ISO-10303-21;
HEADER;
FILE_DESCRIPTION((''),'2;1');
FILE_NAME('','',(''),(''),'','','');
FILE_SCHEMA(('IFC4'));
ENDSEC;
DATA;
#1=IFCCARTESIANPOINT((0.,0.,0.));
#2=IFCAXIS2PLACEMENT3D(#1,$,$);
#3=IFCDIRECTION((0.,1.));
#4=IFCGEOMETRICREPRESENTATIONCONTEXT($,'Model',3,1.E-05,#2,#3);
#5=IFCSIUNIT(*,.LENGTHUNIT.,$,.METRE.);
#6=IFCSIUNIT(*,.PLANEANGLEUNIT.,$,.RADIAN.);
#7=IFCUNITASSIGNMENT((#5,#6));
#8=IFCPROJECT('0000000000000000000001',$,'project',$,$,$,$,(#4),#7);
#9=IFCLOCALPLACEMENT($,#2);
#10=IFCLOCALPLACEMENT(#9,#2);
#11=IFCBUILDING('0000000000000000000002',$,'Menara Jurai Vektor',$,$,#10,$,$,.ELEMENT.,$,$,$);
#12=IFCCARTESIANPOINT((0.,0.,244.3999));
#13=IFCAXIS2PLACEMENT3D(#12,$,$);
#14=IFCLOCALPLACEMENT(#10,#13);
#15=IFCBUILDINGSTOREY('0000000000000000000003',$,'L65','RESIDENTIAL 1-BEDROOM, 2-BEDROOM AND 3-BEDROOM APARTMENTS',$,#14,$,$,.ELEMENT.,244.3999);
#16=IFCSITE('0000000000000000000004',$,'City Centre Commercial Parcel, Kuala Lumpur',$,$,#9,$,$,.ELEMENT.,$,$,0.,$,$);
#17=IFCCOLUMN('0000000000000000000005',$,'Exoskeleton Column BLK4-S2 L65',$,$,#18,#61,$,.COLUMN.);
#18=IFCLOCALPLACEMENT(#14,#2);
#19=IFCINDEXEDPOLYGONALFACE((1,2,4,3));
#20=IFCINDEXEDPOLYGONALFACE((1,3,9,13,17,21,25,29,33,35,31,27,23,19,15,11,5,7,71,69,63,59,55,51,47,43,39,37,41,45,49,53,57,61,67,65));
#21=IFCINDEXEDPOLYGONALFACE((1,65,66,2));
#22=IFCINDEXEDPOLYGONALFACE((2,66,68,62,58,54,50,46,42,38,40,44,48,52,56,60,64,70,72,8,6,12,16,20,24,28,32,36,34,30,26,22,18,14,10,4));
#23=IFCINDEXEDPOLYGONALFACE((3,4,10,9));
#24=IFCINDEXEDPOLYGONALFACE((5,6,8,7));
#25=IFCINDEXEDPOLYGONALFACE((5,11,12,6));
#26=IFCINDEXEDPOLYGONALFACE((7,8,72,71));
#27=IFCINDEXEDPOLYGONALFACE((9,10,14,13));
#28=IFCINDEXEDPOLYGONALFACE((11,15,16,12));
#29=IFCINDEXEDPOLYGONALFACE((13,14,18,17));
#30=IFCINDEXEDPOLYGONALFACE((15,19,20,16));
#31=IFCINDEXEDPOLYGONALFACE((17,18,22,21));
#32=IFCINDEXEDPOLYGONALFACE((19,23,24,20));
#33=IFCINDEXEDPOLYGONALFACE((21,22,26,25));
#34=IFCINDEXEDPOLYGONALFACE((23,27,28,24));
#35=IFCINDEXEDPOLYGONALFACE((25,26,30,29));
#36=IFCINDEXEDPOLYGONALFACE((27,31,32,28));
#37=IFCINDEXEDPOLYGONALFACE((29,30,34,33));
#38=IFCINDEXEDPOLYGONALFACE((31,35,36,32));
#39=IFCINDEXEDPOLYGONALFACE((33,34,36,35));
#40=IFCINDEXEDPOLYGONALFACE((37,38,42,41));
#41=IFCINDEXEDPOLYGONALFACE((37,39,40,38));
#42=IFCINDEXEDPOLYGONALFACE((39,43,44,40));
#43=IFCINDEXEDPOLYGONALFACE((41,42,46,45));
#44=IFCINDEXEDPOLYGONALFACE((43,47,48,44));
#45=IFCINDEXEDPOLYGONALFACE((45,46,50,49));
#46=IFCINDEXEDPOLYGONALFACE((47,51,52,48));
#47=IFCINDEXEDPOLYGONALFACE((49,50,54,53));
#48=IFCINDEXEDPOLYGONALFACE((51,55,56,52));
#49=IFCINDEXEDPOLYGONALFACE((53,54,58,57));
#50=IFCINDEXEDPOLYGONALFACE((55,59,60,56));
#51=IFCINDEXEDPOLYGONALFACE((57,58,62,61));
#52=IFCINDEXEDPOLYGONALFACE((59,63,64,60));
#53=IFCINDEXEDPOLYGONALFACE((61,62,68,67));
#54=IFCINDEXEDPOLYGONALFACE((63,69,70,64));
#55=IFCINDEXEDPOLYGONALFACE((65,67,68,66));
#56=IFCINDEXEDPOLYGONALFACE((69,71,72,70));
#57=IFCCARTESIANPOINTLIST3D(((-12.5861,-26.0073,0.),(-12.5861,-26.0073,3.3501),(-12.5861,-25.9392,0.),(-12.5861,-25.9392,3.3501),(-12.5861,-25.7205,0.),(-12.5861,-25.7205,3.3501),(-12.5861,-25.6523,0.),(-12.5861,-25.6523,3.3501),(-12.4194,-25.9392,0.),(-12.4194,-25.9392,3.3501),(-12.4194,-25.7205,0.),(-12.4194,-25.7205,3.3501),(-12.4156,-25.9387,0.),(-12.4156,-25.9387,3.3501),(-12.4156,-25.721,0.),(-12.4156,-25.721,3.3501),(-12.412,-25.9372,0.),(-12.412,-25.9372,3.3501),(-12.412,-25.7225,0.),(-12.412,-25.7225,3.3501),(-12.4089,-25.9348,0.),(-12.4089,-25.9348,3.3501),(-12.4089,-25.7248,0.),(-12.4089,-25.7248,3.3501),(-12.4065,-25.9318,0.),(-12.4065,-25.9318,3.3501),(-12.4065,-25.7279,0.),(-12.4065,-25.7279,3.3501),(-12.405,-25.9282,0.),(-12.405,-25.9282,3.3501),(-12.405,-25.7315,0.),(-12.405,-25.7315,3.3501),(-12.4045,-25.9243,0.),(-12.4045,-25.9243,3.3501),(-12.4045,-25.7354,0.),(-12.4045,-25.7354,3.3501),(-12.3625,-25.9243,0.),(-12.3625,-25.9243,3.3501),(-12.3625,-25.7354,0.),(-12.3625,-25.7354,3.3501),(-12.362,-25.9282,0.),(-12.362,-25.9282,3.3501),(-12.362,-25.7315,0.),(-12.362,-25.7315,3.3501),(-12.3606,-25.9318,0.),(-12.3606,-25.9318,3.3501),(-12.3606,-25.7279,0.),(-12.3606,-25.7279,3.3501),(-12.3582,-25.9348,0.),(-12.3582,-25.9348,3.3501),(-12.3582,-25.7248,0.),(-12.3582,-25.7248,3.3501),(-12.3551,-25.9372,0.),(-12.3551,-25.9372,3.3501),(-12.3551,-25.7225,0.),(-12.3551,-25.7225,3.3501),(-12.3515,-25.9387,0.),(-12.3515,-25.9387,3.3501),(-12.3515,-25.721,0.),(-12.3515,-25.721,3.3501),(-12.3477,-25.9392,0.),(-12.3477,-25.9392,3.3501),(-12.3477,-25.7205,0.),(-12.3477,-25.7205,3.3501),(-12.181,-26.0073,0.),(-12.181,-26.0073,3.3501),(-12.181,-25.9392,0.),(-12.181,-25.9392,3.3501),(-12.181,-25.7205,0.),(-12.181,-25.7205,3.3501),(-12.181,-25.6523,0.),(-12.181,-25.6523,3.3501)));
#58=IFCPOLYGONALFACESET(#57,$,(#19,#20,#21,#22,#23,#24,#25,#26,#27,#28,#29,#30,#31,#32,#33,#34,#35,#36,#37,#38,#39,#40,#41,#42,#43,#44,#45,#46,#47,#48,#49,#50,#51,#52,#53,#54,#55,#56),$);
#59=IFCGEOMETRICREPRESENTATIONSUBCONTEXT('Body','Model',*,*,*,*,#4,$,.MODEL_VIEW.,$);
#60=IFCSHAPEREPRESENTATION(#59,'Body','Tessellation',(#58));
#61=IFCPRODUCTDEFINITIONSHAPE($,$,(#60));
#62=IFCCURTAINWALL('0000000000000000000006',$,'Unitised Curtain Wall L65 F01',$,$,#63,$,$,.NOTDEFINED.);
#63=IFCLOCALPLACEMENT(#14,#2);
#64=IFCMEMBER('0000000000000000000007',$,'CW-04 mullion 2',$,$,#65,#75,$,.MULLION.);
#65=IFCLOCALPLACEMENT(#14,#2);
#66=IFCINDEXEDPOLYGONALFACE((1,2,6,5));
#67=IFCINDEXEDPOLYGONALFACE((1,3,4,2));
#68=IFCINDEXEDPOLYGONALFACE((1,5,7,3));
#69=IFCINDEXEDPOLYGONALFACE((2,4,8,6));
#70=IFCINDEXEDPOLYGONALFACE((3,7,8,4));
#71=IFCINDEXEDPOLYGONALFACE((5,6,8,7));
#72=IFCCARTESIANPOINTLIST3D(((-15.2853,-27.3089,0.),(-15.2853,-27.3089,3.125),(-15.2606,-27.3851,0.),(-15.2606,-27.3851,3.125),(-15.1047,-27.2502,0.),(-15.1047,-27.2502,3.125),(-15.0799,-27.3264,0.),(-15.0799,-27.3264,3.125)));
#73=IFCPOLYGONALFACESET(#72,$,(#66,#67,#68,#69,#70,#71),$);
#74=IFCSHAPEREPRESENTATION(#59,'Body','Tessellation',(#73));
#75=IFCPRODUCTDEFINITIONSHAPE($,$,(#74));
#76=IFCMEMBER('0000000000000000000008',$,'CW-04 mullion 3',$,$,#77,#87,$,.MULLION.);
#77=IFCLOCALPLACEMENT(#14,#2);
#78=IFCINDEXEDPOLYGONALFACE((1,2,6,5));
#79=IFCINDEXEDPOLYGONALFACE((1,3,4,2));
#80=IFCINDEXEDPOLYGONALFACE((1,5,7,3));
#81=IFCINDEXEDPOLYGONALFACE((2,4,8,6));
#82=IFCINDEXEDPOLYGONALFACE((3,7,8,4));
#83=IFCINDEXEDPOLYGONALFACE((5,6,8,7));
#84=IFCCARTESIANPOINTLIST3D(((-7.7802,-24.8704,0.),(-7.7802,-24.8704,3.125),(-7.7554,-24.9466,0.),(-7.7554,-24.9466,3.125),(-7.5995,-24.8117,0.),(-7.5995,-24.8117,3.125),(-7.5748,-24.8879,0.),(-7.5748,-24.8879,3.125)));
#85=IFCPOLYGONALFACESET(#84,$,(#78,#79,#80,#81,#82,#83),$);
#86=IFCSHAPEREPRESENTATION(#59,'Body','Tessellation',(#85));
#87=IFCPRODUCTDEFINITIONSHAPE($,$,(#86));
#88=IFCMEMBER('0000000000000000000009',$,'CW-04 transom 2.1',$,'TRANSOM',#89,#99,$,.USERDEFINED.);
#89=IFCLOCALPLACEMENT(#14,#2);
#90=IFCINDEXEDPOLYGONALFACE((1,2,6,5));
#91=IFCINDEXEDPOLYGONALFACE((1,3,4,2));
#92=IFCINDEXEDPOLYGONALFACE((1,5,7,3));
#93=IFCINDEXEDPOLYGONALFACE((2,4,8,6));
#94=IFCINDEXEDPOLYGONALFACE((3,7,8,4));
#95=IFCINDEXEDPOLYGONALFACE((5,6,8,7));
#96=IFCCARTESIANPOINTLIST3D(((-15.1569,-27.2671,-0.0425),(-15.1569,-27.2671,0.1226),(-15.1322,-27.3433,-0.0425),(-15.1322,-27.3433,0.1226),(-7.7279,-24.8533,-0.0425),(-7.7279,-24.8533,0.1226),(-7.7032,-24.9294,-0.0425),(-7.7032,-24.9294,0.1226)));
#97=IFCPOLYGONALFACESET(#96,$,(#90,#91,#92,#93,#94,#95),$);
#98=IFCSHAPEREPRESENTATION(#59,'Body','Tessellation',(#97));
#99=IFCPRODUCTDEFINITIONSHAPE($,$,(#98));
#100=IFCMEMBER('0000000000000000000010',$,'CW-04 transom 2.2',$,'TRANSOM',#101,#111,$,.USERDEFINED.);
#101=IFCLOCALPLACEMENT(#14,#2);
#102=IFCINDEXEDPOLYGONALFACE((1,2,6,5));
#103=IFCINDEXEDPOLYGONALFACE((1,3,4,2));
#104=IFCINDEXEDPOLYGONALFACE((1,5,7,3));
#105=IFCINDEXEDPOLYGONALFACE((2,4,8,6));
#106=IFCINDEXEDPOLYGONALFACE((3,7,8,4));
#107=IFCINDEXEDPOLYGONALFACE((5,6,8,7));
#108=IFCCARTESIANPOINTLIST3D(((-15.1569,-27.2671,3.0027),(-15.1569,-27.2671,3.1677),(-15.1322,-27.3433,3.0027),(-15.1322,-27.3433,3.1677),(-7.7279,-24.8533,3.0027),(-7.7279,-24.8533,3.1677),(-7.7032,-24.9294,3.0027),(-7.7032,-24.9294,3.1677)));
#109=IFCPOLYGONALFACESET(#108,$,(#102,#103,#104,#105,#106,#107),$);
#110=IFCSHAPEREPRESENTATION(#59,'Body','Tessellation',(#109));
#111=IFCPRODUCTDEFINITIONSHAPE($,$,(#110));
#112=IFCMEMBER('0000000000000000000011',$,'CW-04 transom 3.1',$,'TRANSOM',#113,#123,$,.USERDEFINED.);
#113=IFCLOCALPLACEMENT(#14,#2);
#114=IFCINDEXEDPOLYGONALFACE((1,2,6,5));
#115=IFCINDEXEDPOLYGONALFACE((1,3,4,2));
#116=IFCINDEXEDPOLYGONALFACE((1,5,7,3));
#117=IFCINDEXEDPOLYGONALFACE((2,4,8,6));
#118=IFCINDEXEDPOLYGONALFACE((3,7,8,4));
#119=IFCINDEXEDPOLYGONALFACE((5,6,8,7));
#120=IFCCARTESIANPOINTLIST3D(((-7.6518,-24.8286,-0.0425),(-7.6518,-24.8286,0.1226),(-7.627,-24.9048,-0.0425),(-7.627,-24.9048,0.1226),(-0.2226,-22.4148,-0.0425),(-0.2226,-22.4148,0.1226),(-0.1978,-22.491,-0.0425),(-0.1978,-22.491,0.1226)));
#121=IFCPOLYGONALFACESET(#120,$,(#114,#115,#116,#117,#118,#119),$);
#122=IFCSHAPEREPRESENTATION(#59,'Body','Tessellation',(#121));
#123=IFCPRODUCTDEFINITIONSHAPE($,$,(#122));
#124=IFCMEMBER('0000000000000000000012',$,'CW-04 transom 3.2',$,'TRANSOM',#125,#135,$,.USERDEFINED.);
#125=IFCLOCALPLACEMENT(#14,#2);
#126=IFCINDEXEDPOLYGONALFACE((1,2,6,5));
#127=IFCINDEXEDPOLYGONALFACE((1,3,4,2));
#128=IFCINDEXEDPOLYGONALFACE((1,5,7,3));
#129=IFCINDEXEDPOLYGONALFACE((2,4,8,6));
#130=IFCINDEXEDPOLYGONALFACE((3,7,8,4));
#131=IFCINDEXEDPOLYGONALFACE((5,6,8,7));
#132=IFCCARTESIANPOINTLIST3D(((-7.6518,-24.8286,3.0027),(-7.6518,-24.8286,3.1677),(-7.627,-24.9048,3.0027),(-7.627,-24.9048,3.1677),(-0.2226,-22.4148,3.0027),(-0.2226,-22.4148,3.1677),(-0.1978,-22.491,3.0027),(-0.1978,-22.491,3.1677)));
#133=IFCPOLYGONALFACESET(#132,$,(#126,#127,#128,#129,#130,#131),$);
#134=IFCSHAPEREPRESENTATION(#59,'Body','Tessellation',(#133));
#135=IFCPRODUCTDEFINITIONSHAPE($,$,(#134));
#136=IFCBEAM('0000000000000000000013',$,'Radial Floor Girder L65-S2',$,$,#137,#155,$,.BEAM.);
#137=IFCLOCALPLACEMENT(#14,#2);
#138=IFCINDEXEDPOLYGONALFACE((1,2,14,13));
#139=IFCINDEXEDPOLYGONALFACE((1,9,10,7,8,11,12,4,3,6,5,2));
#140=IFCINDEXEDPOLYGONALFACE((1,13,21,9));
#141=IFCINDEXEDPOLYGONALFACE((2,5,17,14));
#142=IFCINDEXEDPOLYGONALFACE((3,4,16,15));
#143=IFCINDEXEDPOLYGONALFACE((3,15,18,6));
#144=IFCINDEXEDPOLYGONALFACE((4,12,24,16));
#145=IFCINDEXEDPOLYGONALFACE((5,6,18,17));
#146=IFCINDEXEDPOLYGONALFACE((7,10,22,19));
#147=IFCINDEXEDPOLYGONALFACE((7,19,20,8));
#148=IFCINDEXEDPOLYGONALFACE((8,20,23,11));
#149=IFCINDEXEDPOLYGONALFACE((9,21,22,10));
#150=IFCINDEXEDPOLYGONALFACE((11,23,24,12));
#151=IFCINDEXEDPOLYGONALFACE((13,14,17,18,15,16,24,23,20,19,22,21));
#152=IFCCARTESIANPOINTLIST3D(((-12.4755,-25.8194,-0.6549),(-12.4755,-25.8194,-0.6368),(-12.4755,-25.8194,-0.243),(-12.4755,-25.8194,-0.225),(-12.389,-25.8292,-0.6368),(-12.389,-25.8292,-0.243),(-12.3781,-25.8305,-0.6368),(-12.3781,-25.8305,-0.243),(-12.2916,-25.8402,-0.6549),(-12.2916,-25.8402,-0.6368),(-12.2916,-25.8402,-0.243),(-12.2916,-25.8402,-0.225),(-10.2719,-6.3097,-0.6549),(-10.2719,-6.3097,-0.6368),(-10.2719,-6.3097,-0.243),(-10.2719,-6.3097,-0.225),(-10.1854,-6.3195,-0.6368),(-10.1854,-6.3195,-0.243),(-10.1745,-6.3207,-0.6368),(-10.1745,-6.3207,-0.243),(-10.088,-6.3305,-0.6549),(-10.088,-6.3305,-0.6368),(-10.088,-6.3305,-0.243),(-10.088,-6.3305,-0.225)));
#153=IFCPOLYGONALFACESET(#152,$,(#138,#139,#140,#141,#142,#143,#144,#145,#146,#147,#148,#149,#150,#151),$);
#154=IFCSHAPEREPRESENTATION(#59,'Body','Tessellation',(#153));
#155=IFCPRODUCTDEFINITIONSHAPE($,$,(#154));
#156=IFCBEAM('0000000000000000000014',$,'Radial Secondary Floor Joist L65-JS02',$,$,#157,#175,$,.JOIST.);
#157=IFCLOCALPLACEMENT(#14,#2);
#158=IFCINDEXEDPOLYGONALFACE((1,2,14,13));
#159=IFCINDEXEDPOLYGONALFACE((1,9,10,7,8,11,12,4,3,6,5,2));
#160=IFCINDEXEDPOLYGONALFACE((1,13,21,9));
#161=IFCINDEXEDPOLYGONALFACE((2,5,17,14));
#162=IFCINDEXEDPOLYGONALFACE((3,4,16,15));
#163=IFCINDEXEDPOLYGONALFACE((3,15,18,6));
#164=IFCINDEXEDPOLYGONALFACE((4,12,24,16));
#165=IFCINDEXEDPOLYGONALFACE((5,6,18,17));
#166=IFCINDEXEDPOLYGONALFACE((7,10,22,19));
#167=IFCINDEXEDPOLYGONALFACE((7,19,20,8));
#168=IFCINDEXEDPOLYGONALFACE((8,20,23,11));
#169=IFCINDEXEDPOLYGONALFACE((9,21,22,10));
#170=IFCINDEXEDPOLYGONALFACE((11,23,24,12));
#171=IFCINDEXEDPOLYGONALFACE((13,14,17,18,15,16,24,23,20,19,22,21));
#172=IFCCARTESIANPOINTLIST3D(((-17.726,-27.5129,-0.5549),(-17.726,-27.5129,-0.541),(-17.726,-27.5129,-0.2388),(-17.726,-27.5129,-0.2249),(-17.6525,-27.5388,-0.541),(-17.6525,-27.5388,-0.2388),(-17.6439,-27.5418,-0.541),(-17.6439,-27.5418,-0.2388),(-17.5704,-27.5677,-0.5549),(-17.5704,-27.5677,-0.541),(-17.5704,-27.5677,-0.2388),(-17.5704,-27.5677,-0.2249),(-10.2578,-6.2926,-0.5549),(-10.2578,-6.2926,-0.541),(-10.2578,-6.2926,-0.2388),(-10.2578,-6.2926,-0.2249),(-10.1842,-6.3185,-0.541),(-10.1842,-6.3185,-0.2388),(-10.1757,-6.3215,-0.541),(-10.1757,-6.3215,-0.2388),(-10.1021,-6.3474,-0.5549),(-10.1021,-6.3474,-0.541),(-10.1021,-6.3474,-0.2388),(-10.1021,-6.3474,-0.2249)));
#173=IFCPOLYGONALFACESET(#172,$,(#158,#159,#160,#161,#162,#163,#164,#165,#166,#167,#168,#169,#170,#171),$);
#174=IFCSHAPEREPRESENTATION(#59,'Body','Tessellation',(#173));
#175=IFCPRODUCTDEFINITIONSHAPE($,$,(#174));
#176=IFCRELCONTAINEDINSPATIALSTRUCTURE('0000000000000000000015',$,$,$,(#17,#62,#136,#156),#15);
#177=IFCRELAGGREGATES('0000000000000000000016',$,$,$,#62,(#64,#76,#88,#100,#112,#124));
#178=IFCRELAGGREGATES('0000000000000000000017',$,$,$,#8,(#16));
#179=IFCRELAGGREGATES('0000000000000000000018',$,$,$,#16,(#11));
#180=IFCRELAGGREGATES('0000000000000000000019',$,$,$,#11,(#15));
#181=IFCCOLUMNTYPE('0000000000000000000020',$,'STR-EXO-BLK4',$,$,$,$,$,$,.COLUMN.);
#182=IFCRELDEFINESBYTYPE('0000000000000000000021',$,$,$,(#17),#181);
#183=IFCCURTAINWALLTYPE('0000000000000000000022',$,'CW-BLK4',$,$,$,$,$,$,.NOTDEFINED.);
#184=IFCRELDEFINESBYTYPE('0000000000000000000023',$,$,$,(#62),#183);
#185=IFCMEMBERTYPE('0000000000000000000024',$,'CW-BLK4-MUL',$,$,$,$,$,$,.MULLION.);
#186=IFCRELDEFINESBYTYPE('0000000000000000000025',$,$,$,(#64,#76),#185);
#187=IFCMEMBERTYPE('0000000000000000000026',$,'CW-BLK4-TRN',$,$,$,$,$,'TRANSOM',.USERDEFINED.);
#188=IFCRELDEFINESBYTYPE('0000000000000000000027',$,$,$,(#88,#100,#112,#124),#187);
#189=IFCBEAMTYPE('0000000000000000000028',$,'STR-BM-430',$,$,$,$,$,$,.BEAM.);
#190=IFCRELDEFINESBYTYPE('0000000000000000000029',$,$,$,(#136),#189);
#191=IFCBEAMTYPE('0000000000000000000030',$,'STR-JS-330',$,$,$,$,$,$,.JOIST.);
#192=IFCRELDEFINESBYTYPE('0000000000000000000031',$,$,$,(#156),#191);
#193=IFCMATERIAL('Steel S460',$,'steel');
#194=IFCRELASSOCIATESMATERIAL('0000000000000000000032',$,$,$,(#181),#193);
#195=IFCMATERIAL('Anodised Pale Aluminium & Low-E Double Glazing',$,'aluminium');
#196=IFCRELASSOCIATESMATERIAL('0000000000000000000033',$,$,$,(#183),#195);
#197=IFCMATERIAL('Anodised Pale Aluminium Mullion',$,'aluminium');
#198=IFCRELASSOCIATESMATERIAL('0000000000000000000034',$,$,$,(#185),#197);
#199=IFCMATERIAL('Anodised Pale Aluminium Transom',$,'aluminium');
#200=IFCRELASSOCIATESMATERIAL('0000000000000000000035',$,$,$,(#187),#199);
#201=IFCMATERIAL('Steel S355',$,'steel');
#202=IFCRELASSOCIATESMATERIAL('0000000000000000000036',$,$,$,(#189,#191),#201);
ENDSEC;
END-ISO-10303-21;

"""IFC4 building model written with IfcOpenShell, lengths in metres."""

from ifc_helpers import new_model, si_unit, direction, frame, origin, origin_2d, place, context, subcontext, project, spatial, rectangle, i_section, extrude, material, material_profile, profile_set, type_object, element, aggregate, save


model = new_model("IFC4")

# Units and contexts
model_context = context("Model", 3, precision=1e-05, world=origin(), true_north=direction((0.0, 1.0)))
body_context = subcontext(model_context, "Body", "Model", "MODEL_VIEW")
ifc_project = project(units=[si_unit("LENGTHUNIT", "METRE"), si_unit("PLANEANGLEUNIT", "RADIAN")], contexts=[model_context])

# Site, building, storey
site_placement = place(None, origin())
site = spatial("IfcSite", under=ifc_project, at=site_placement, Name="City Centre Commercial Parcel, Kuala Lumpur", CompositionType="ELEMENT", RefElevation=0.0)
building_placement = place(site_placement, origin())
building = spatial("IfcBuilding", under=site, at=building_placement, Name="Menara Jurai Vektor", CompositionType="ELEMENT")
storey_placement = place(building_placement, frame((0.0, 0.0, 244.3999)))
storey = spatial("IfcBuildingStorey", under=building, at=storey_placement, Name="L65", Description="RESIDENTIAL 1-BEDROOM, 2-BEDROOM AND 3-BEDROOM APARTMENTS", CompositionType="ELEMENT", Elevation=244.3999)

# Column
ifc_material_1 = material(Name="Steel S460", Category="steel")
ifc_material_profile_1 = material_profile(ifc_material_1, i_section(OverallWidth=0.405, OverallDepth=0.355, WebThickness=0.042, FlangeThickness=0.0681, FilletRadius=0.0149, at=origin_2d()), Name="HD 400x551")
ifc_profile_set_1 = profile_set([ifc_material_profile_1], Name="Steel S460")
column_type = type_object("IfcColumnType", Name="STR-EXO-BLK4", PredefinedType="COLUMN", material=ifc_profile_set_1)
column_placement = place(storey_placement, frame((-12.3835, -25.8298, 0.0), z_axis=(0.0, 0.0, 1.0), x_axis=(1.0, 0.0, 0.0)))
element("IfcColumn", 1, at=column_placement, inside=storey, type_object=column_type, Name="Exoskeleton Column BLK4-S2 L65", PredefinedType="COLUMN", context=body_context, shape_type="SweptSolid", body=[
    extrude(i_section(OverallWidth=0.405, OverallDepth=0.355, WebThickness=0.042, FlangeThickness=0.0681, FilletRadius=0.0149, at=origin_2d()), origin(), (0.0, 0.0, 1.0), 3.3501),
])

# Curtain wall, members
ifc_material_2 = material(Name="Anodised Pale Aluminium & Low-E Double Glazing", Category="aluminium")
curtain_wall_type = type_object("IfcCurtainWallType", Name="CW-BLK4", PredefinedType="NOTDEFINED", material=ifc_material_2)
curtain_wall_placement = place(storey_placement, origin())
curtain_wall = element("IfcCurtainWall", 2, at=curtain_wall_placement, inside=storey, type_object=curtain_wall_type, Name="Unitised Curtain Wall L65 F01", PredefinedType="NOTDEFINED")
ifc_material_3 = material(Name="Anodised Pale Aluminium Mullion", Category="aluminium")
ifc_material_profile_2 = material_profile(ifc_material_3, rectangle(XDim=0.0801, YDim=0.1899, at=origin_2d()), Name="ALU MUL 80x190")
ifc_profile_set_2 = profile_set([ifc_material_profile_2], Name="Anodised Pale Aluminium Mullion")
member_type_1 = type_object("IfcMemberType", Name="CW-BLK4-MUL", PredefinedType="MULLION", material=ifc_profile_set_2)
member_1_placement = place(storey_placement, frame((-15.1826, -27.3176, 0.0), z_axis=(0.0, 0.0, 1.0), x_axis=(-0.309017, 0.951056, 0.0)))
member_1 = element("IfcMember", 3, at=member_1_placement, type_object=member_type_1, Name="CW-04 mullion 2", PredefinedType="MULLION", context=body_context, shape_type="SweptSolid", body=[
    extrude(rectangle(XDim=0.0801, YDim=0.1899, at=origin_2d()), origin(), (0.0, 0.0, 1.0), 3.125),
])
member_2_placement = place(storey_placement, frame((-7.6775, -24.8792, 0.0), z_axis=(0.0, 0.0, 1.0), x_axis=(-0.309017, 0.951056, 0.0)))
member_2 = element("IfcMember", 4, at=member_2_placement, type_object=member_type_1, Name="CW-04 mullion 3", PredefinedType="MULLION", context=body_context, shape_type="SweptSolid", body=[
    extrude(rectangle(XDim=0.0801, YDim=0.1899, at=origin_2d()), origin(), (0.0, 0.0, 1.0), 3.125),
])
ifc_material_4 = material(Name="Anodised Pale Aluminium Transom", Category="aluminium")
ifc_material_profile_3 = material_profile(ifc_material_4, rectangle(XDim=0.0801, YDim=0.165, at=origin_2d()), Name="ALU TRN 80x165")
ifc_profile_set_3 = profile_set([ifc_material_profile_3], Name="Anodised Pale Aluminium Transom")
member_type_2 = type_object("IfcMemberType", Name="CW-BLK4-TRN", ElementType="TRANSOM", PredefinedType="USERDEFINED", material=ifc_profile_set_3)
member_3_placement = place(storey_placement, frame((-15.1445, -27.3052, 0.04), z_axis=(0.951056, 0.309018, 0.0), x_axis=(-0.309018, 0.951056, 0.0)))
member_3 = element("IfcMember", 5, at=member_3_placement, type_object=member_type_2, Name="CW-04 transom 2.1", ObjectType="TRANSOM", PredefinedType="USERDEFINED", context=body_context, shape_type="SweptSolid", body=[
    extrude(rectangle(XDim=0.0801, YDim=0.165, at=origin_2d()), origin(), (0.0, 0.0, 1.0), 7.8113),
])
member_4_placement = place(storey_placement, frame((-15.1445, -27.3052, 3.0852), z_axis=(0.951056, 0.309018, 0.0), x_axis=(-0.309018, 0.951056, 0.0)))
member_4 = element("IfcMember", 6, at=member_4_placement, type_object=member_type_2, Name="CW-04 transom 2.2", ObjectType="TRANSOM", PredefinedType="USERDEFINED", context=body_context, shape_type="SweptSolid", body=[
    extrude(rectangle(XDim=0.0801, YDim=0.165, at=origin_2d()), origin(), (0.0, 0.0, 1.0), 7.8113),
])
member_5_placement = place(storey_placement, frame((-7.6394, -24.8667, 0.04), z_axis=(0.951059, 0.309008, 0.0), x_axis=(-0.309008, 0.951059, 0.0)))
member_5 = element("IfcMember", 7, at=member_5_placement, type_object=member_type_2, Name="CW-04 transom 3.1", ObjectType="TRANSOM", PredefinedType="USERDEFINED", context=body_context, shape_type="SweptSolid", body=[
    extrude(rectangle(XDim=0.0801, YDim=0.165, at=origin_2d()), origin(), (0.0, 0.0, 1.0), 7.8115),
])
member_6_placement = place(storey_placement, frame((-7.6394, -24.8667, 3.0852), z_axis=(0.951059, 0.309008, 0.0), x_axis=(-0.309008, 0.951059, 0.0)))
member_6 = element("IfcMember", 8, at=member_6_placement, type_object=member_type_2, Name="CW-04 transom 3.2", ObjectType="TRANSOM", PredefinedType="USERDEFINED", context=body_context, shape_type="SweptSolid", body=[
    extrude(rectangle(XDim=0.0801, YDim=0.165, at=origin_2d()), origin(), (0.0, 0.0, 1.0), 7.8115),
])

# Beams
ifc_material_5 = material(Name="Steel S355", Category="steel")
ifc_material_profile_4 = material_profile(ifc_material_5, i_section(OverallWidth=0.1851, OverallDepth=0.4299, WebThickness=0.011, FlangeThickness=0.0181, at=origin_2d()), Name="PG 430x185x76")
ifc_profile_set_4 = profile_set([ifc_material_profile_4], Name="Steel S355")
beam_type_1 = type_object("IfcBeamType", Name="STR-BM-430", PredefinedType="BEAM", material=ifc_profile_set_4)
beam_1_placement = place(storey_placement, frame((-12.3835, -25.8298, -0.4399), z_axis=(0.112236, 0.993682, 0.0), x_axis=(-0.993682, 0.112236, 0.0)))
element("IfcBeam", 9, at=beam_1_placement, inside=storey, type_object=beam_type_1, Name="Radial Floor Girder L65-S2", PredefinedType="BEAM", context=body_context, shape_type="SweptSolid", body=[
    extrude(i_section(OverallWidth=0.1851, OverallDepth=0.4299, WebThickness=0.011, FlangeThickness=0.0181, at=origin_2d()), origin(), (0.0, 0.0, 1.0), 19.6338),
])
ifc_material_profile_5 = material_profile(ifc_material_5, i_section(OverallWidth=0.165, OverallDepth=0.3301, WebThickness=0.009, FlangeThickness=0.0139, at=origin_2d()), Name="PG 330x165x46")
ifc_profile_set_5 = profile_set([ifc_material_profile_5], Name="Steel S355")
beam_type_2 = type_object("IfcBeamType", Name="STR-JS-330", PredefinedType="JOIST", material=ifc_profile_set_5)
beam_2_placement = place(storey_placement, frame((-17.6482, -27.5403, -0.3899), z_axis=(0.331981, 0.943286, 0.0), x_axis=(-0.943286, 0.331981, 0.0)))
element("IfcBeam", 10, at=beam_2_placement, inside=storey, type_object=beam_type_2, Name="Radial Secondary Floor Joist L65-JS02", PredefinedType="JOIST", context=body_context, shape_type="SweptSolid", body=[
    extrude(i_section(OverallWidth=0.165, OverallDepth=0.3301, WebThickness=0.009, FlangeThickness=0.0139, at=origin_2d()), origin(), (0.0, 0.0, 1.0), 22.4961),
])

aggregate(curtain_wall, [member_1, member_2, member_3, member_4, member_5, member_6])

save(model, "model.ifc")
